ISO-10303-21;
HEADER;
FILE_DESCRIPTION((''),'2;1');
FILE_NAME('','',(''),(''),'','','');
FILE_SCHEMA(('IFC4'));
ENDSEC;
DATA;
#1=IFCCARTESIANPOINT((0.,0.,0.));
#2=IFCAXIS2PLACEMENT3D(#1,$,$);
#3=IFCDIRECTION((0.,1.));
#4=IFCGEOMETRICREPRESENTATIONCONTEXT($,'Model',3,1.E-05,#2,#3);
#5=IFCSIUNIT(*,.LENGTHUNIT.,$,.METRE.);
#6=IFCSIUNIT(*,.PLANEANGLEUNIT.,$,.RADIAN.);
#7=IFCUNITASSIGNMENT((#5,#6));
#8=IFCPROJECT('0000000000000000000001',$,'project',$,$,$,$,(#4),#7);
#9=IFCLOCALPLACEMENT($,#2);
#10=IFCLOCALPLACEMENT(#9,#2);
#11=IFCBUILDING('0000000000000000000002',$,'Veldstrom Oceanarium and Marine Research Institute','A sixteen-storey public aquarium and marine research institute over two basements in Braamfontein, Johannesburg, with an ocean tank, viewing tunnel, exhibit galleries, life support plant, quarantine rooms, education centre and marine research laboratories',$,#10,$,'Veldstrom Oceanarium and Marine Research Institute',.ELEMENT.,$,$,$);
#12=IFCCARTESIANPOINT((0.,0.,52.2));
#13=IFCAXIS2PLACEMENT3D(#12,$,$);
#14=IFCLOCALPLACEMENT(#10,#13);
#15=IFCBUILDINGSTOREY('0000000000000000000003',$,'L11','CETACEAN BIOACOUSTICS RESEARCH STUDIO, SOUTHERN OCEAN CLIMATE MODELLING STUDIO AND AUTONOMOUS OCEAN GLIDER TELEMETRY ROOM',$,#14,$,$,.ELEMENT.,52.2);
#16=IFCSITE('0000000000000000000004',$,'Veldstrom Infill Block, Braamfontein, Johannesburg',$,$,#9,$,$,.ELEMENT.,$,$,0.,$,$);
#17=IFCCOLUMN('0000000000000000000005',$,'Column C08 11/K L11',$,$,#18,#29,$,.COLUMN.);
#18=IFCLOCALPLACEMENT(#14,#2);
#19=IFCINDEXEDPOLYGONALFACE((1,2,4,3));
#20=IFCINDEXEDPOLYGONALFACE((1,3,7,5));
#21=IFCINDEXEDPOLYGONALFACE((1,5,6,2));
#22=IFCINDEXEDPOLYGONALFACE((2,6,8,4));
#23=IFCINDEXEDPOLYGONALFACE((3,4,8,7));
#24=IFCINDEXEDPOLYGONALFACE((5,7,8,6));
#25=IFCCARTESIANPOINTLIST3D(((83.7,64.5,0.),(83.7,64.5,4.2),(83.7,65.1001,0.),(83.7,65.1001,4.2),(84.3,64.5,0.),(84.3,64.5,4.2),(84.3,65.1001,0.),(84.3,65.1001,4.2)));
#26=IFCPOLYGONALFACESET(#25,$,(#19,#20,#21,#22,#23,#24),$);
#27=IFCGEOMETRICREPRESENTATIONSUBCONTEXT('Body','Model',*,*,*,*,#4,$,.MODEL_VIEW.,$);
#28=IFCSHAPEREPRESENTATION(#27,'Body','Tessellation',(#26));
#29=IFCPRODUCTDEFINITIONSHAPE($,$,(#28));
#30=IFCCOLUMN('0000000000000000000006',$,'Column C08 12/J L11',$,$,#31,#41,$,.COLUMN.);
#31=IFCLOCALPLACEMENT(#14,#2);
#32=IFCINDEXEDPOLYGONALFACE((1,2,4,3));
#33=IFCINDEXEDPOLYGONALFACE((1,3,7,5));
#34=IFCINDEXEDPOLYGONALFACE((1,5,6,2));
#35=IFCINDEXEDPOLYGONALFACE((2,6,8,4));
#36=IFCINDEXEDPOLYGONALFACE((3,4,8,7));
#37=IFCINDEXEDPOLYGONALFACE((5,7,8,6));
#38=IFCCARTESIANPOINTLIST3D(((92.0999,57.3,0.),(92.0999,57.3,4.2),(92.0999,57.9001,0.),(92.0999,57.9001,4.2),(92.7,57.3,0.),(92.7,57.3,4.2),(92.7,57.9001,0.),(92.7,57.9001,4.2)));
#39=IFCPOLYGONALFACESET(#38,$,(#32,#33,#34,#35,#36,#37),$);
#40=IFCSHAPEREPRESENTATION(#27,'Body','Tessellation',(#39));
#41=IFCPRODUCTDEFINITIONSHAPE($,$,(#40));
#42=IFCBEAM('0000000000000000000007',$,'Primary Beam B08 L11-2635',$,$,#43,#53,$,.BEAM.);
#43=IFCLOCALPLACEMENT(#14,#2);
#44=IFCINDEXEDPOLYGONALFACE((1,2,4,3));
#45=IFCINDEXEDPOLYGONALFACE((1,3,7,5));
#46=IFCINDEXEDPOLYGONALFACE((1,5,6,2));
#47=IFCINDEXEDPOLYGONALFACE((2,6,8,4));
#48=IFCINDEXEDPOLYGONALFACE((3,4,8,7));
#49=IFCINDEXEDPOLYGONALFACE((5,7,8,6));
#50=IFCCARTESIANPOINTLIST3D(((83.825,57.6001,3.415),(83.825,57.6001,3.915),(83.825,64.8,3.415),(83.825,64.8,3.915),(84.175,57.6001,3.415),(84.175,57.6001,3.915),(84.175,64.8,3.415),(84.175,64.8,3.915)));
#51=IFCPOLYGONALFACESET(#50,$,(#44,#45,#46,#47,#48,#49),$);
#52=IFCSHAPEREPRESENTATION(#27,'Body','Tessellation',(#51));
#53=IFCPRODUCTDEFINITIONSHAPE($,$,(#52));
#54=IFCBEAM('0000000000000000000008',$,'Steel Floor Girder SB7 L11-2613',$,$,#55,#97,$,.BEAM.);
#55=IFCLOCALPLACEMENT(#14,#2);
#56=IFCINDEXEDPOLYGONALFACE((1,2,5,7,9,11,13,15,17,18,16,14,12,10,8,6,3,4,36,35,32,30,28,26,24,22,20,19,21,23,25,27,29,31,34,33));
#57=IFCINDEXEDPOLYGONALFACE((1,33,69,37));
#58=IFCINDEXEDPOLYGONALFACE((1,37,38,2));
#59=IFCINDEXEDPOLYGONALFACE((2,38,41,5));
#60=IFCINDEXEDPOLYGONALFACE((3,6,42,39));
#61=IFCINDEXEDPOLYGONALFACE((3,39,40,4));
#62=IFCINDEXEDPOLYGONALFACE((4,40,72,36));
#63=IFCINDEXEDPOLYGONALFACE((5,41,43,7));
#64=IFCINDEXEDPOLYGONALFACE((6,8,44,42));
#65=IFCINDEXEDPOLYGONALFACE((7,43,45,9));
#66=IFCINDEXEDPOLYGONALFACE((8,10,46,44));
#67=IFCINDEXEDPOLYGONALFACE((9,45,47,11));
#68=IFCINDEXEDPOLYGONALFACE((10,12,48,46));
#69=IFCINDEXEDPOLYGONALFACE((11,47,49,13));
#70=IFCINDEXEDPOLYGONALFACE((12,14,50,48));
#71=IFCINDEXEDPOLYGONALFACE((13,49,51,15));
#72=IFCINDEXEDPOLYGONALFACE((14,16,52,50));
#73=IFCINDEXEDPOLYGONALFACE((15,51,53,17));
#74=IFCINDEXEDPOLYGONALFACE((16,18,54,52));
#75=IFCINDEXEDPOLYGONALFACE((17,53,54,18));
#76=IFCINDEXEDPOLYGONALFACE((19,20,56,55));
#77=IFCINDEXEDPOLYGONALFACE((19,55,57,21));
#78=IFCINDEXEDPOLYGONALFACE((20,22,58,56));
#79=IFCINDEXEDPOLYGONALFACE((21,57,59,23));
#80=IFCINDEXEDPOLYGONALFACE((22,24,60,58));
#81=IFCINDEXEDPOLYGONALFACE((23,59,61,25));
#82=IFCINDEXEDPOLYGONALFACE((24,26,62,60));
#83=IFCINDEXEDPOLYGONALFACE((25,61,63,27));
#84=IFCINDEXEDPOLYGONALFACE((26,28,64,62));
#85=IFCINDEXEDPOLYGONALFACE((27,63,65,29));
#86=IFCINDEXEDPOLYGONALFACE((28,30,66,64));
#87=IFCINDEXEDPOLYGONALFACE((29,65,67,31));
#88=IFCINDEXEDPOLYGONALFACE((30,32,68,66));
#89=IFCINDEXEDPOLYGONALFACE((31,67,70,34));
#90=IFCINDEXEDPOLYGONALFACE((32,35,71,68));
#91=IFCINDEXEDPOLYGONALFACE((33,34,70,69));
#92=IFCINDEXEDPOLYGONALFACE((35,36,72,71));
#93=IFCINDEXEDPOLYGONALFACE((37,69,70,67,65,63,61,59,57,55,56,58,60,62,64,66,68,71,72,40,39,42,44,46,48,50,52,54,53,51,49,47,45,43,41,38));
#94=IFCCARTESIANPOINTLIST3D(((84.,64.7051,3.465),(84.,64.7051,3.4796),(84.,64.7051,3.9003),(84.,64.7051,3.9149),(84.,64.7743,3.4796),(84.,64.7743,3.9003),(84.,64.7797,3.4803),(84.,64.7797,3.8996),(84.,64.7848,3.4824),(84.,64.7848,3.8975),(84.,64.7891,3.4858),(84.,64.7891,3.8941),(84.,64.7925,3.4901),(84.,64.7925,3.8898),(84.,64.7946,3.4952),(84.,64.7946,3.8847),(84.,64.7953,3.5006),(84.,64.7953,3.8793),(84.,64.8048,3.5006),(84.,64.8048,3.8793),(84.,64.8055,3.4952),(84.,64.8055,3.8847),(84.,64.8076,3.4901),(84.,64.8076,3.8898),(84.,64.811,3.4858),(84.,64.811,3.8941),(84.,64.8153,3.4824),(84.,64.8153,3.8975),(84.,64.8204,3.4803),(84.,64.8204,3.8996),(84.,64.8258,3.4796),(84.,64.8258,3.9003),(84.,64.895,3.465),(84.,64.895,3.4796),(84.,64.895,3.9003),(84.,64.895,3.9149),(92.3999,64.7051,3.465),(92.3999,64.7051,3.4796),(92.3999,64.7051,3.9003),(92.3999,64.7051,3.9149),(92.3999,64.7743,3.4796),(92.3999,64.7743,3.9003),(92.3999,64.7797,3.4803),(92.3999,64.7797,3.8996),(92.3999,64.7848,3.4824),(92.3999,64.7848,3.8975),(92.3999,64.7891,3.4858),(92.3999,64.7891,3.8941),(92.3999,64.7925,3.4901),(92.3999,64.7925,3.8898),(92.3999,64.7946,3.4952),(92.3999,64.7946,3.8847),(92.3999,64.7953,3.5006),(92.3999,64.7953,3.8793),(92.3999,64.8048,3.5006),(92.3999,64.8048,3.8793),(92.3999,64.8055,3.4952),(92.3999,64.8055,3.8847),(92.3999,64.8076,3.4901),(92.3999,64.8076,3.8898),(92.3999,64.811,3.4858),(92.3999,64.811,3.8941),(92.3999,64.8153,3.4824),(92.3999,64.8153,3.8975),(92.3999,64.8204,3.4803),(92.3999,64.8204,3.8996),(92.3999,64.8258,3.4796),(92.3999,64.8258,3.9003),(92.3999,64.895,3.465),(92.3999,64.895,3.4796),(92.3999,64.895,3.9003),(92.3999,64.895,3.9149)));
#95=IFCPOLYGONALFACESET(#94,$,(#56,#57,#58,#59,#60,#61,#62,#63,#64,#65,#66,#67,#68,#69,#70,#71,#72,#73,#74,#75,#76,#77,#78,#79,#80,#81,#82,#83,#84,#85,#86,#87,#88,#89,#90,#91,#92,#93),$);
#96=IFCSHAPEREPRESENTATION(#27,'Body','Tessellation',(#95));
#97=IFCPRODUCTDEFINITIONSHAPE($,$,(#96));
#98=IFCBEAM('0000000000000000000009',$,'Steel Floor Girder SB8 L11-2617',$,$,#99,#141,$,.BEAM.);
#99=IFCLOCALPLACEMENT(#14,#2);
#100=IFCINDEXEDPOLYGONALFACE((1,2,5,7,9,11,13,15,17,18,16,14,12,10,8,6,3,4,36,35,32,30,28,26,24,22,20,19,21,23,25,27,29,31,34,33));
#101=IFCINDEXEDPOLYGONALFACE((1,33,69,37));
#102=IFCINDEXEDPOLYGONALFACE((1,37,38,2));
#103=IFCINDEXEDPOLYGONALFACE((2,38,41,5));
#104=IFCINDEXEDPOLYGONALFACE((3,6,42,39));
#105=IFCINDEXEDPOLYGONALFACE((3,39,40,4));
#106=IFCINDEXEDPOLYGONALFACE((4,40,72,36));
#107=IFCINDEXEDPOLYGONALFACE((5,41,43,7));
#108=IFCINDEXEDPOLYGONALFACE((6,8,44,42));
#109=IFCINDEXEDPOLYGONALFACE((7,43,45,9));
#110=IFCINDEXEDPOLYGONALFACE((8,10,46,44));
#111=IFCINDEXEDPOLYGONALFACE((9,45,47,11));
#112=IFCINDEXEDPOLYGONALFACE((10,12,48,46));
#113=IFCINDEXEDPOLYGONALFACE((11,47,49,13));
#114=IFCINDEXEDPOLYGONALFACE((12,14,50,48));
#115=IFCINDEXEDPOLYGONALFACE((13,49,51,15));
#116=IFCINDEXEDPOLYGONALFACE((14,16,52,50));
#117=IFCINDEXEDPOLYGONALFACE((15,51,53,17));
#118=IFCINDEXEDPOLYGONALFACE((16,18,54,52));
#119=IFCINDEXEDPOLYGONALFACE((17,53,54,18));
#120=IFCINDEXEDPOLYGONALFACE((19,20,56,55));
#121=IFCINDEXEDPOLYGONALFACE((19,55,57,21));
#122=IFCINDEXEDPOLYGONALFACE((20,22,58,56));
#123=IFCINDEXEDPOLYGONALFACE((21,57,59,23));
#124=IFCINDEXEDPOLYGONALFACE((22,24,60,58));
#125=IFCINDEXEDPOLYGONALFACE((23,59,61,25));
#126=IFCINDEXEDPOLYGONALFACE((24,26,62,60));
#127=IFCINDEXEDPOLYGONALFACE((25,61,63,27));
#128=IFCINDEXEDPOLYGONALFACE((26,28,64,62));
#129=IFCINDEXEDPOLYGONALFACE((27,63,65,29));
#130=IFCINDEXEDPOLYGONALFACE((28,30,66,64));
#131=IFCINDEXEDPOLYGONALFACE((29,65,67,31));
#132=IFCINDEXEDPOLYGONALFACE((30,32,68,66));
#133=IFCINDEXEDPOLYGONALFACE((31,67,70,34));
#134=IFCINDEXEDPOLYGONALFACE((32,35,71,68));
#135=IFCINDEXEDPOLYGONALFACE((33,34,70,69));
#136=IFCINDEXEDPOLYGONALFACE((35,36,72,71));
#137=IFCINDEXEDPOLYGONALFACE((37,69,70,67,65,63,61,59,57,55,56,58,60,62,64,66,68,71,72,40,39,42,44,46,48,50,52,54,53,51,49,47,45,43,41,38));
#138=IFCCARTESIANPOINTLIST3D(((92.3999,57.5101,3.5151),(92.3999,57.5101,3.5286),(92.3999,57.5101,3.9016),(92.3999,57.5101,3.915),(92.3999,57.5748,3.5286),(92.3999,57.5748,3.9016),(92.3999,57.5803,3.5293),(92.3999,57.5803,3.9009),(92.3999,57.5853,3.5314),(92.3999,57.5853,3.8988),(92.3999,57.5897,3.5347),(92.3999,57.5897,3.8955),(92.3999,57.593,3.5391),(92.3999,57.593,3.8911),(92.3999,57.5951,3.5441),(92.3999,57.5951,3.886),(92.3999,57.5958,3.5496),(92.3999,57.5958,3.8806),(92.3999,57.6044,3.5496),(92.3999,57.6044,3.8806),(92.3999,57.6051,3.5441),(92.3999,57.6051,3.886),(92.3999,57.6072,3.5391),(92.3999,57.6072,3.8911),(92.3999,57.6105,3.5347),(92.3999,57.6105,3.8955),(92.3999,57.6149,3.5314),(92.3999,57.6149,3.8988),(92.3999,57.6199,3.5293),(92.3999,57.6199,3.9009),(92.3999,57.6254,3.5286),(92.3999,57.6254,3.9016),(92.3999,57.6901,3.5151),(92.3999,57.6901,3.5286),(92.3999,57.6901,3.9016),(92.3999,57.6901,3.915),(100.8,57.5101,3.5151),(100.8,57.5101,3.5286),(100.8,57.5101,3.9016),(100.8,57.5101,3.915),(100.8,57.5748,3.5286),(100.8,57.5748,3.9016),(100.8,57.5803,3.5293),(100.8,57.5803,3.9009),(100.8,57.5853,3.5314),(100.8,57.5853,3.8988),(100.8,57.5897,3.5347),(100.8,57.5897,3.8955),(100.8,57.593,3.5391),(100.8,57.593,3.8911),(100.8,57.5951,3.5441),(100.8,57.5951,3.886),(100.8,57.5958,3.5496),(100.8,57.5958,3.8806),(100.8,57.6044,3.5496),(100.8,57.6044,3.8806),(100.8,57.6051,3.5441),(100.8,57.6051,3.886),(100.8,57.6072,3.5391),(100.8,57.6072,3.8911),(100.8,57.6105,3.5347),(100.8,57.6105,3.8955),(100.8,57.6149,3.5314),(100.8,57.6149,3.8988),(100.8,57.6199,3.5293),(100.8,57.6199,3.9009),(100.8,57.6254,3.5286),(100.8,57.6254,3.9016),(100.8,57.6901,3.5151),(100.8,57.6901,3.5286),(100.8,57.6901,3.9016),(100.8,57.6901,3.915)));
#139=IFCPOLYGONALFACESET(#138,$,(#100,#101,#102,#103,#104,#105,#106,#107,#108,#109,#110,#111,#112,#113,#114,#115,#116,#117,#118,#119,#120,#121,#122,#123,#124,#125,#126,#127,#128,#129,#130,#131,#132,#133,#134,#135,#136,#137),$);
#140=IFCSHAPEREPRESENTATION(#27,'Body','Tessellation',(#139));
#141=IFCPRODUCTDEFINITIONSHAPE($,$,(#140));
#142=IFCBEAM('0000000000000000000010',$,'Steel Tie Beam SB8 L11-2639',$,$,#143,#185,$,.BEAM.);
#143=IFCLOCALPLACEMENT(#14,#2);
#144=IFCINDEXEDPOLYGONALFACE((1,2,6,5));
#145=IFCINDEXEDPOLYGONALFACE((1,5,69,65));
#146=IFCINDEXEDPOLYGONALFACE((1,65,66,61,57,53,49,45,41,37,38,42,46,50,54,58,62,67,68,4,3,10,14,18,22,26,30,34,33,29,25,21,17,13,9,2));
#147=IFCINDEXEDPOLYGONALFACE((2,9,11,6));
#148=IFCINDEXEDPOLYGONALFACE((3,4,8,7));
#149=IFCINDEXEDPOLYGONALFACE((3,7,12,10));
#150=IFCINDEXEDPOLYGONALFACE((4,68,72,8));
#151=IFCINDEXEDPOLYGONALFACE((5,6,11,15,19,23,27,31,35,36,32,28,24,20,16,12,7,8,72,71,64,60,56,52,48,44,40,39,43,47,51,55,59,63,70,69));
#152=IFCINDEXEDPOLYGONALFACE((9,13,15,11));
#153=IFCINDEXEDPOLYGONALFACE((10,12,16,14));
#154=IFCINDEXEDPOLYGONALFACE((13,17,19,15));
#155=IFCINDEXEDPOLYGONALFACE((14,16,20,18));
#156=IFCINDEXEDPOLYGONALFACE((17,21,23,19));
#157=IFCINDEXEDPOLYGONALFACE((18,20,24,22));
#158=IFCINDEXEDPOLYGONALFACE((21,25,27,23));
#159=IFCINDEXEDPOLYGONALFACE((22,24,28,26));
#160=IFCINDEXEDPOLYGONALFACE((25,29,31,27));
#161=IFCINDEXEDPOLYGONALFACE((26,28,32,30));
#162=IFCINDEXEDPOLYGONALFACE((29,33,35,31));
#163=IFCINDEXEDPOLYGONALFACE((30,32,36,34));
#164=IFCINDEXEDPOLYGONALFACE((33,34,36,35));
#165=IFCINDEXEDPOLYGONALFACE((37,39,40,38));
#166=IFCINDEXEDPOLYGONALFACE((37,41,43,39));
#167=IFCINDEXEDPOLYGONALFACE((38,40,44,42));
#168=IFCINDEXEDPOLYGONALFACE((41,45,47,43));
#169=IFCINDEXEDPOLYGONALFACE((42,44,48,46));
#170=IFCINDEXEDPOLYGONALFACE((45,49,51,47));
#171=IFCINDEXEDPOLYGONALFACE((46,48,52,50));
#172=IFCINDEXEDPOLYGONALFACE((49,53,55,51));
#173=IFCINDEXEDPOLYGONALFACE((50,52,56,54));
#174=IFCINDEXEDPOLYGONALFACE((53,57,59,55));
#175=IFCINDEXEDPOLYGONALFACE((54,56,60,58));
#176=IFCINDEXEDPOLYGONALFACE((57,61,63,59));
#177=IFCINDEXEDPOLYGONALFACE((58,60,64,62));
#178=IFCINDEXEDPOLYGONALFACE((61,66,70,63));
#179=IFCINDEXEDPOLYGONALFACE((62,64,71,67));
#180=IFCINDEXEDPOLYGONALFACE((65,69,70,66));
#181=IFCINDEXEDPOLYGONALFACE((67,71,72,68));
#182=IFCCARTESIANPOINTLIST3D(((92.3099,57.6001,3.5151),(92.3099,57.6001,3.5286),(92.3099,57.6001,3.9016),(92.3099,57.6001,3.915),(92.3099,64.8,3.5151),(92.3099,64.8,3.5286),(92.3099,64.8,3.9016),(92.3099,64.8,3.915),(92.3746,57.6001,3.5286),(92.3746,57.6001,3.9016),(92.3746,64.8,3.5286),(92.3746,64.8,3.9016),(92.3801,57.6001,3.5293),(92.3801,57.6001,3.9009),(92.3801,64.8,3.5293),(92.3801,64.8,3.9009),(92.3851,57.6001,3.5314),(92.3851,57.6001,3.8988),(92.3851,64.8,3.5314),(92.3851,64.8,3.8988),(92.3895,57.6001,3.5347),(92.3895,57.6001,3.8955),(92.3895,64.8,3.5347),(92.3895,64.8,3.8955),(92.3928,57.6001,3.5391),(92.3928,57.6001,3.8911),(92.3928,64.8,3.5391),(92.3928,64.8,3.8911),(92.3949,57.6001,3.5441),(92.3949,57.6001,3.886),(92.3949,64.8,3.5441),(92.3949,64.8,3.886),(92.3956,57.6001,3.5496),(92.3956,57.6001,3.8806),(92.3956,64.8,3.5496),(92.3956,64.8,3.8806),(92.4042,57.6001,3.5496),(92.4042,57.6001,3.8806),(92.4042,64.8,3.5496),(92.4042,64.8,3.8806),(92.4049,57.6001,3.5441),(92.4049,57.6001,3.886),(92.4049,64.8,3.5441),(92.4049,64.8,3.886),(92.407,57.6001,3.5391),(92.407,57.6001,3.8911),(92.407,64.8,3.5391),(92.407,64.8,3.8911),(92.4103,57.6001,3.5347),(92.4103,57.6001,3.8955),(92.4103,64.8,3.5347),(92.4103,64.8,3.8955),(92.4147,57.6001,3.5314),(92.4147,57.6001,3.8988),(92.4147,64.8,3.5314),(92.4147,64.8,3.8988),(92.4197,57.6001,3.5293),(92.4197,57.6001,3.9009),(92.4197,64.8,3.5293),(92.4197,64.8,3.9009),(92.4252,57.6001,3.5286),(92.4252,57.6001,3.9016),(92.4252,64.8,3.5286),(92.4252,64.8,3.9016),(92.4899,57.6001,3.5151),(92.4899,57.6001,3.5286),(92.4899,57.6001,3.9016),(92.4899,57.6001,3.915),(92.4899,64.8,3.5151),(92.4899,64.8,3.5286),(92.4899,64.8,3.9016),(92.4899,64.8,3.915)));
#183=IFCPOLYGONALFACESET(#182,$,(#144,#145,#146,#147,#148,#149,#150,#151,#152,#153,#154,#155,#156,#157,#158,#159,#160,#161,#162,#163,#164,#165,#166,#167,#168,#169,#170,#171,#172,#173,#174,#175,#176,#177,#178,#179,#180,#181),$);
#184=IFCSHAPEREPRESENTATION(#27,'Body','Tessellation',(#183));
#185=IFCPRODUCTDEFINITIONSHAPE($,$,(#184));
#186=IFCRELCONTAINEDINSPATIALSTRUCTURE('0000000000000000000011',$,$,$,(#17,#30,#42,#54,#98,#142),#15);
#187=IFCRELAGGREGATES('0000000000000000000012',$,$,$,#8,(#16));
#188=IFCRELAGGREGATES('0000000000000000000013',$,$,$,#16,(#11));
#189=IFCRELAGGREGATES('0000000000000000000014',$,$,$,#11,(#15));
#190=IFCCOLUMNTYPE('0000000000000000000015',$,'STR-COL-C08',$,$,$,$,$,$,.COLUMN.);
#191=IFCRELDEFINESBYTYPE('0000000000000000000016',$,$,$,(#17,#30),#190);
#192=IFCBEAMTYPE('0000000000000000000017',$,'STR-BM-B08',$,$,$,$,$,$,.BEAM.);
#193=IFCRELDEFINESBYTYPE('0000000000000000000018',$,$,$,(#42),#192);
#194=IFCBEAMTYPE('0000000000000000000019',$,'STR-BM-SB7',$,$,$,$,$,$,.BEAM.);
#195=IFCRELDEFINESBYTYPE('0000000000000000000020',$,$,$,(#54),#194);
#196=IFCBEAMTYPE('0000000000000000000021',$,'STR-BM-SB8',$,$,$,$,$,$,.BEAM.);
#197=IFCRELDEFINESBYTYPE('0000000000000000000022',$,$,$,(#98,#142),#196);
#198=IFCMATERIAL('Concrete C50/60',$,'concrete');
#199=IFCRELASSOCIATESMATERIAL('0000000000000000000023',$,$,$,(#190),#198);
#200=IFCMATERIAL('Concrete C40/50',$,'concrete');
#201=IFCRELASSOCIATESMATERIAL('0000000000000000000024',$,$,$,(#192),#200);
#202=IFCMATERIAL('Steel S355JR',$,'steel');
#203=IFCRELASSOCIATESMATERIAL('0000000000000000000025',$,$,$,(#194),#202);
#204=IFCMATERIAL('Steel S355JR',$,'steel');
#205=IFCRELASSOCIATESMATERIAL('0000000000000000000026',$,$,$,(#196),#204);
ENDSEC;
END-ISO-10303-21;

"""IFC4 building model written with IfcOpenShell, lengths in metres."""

from ifc_helpers import new_model, si_unit, direction, frame, origin, origin_2d, place, context, subcontext, project, spatial, rectangle, i_section, extrude, material, material_profile, profile_set, type_object, element, save


model = new_model("IFC4")

# Units and contexts
model_context = context("Model", 3, precision=1e-05, world=origin(), true_north=direction((0.0, 1.0)))
body_context = subcontext(model_context, "Body", "Model", "MODEL_VIEW")
ifc_project = project(units=[si_unit("LENGTHUNIT", "METRE"), si_unit("PLANEANGLEUNIT", "RADIAN")], contexts=[model_context])

# Site, building, storey
site_placement = place(None, origin())
site = spatial("IfcSite", under=ifc_project, at=site_placement, Name="Veldstrom Infill Block, Braamfontein, Johannesburg", CompositionType="ELEMENT", RefElevation=0.0)
building_placement = place(site_placement, origin())
building = spatial("IfcBuilding", under=site, at=building_placement, Name="Veldstrom Oceanarium and Marine Research Institute", Description="A sixteen-storey public aquarium and marine research institute over two basements in Braamfontein, Johannesburg, with an ocean tank, viewing tunnel, exhibit galleries, life support plant, quarantine rooms, education centre and marine research laboratories", LongName="Veldstrom Oceanarium and Marine Research Institute", CompositionType="ELEMENT")
storey_placement = place(building_placement, frame((0.0, 0.0, 52.2)))
storey = spatial("IfcBuildingStorey", under=building, at=storey_placement, Name="L11", Description="CETACEAN BIOACOUSTICS RESEARCH STUDIO, SOUTHERN OCEAN CLIMATE MODELLING STUDIO AND AUTONOMOUS OCEAN GLIDER TELEMETRY ROOM", CompositionType="ELEMENT", Elevation=52.2)

# Columns
ifc_material_1 = material(Name="Concrete C50/60", Category="concrete")
ifc_material_profile_1 = material_profile(ifc_material_1, rectangle(XDim=0.6001, YDim=0.6001, at=origin_2d()), Name="RC-COL-600x600")
ifc_profile_set_1 = profile_set([ifc_material_profile_1], Name="Concrete C50/60")
column_type = type_object("IfcColumnType", Name="STR-COL-C08", PredefinedType="COLUMN", material=ifc_profile_set_1)
for number, where, z_axis, x_axis, name in (
    (1, (84.0, 64.8, 0.0), (0.0, 0.0, 1.0), (1.0, 0.0, 0.0), "Column C08 11/K L11"),
    (2, (92.3999, 57.6001, 0.0), (0.0, 0.0, 1.0), (1.0, 0.0, 0.0), "Column C08 12/J L11"),
):
    element("IfcColumn", number, at=place(storey_placement, frame(where, z_axis=z_axis, x_axis=x_axis)), inside=storey, type_object=column_type, Name=name, PredefinedType="COLUMN", context=body_context, shape_type="SweptSolid", body=[
        extrude(rectangle(XDim=0.6001, YDim=0.6001, at=origin_2d()), origin(), (0.0, 0.0, 1.0), 4.2),
    ])

# Beams
ifc_material_2 = material(Name="Concrete C40/50", Category="concrete")
ifc_material_profile_2 = material_profile(ifc_material_2, rectangle(XDim=0.3501, YDim=0.5, at=origin_2d()), Name="RC-BM-350x500")
ifc_profile_set_2 = profile_set([ifc_material_profile_2], Name="Concrete C40/50")
beam_type_1 = type_object("IfcBeamType", Name="STR-BM-B08", PredefinedType="BEAM", material=ifc_profile_set_2)
beam_1_placement = place(storey_placement, frame((84.0, 57.6001, 3.665), z_axis=(0.0, 1.0, 0.0), x_axis=(-1.0, 0.0, 0.0)))
element("IfcBeam", 3, at=beam_1_placement, inside=storey, type_object=beam_type_1, Name="Primary Beam B08 L11-2635", PredefinedType="BEAM", context=body_context, shape_type="SweptSolid", body=[
    extrude(rectangle(XDim=0.3501, YDim=0.5, at=origin_2d()), origin(), (0.0, 0.0, 1.0), 7.2),
])
ifc_material_3 = material(Name="Steel S355JR", Category="steel")
ifc_material_profile_3 = material_profile(ifc_material_3, i_section(OverallWidth=0.1899, OverallDepth=0.45, WebThickness=0.0095, FlangeThickness=0.0146, FilletRadius=0.021, at=origin_2d()), Name="IPE 450")
ifc_profile_set_3 = profile_set([ifc_material_profile_3], Name="Steel S355JR")
beam_type_2 = type_object("IfcBeamType", Name="STR-BM-SB7", PredefinedType="BEAM", material=ifc_profile_set_3)
beam_2_placement = place(storey_placement, frame((84.0, 64.8, 3.6899), z_axis=(1.0, 0.0, 0.0), x_axis=(0.0, 1.0, 0.0)))
element("IfcBeam", 4, at=beam_2_placement, inside=storey, type_object=beam_type_2, Name="Steel Floor Girder SB7 L11-2613", PredefinedType="BEAM", context=body_context, shape_type="SweptSolid", body=[
    extrude(i_section(OverallWidth=0.1899, OverallDepth=0.45, WebThickness=0.0095, FlangeThickness=0.0146, FilletRadius=0.021, at=origin_2d()), origin(), (0.0, 0.0, 1.0), 8.3999),
])
ifc_material_4 = material(Name="Steel S355JR", Category="steel")
ifc_material_profile_4 = material_profile(ifc_material_4, i_section(OverallWidth=0.1799, OverallDepth=0.3999, WebThickness=0.0085, FlangeThickness=0.0134, FilletRadius=0.021, at=origin_2d()), Name="IPE 400")
ifc_profile_set_4 = profile_set([ifc_material_profile_4], Name="Steel S355JR")
beam_type_3 = type_object("IfcBeamType", Name="STR-BM-SB8", PredefinedType="BEAM", material=ifc_profile_set_4)
beam_3_placement = place(storey_placement, frame((92.3999, 57.6001, 3.7151), z_axis=(1.0, 0.0, 0.0), x_axis=(0.0, 1.0, 0.0)))
element("IfcBeam", 5, at=beam_3_placement, inside=storey, type_object=beam_type_3, Name="Steel Floor Girder SB8 L11-2617", PredefinedType="BEAM", context=body_context, shape_type="SweptSolid", body=[
    extrude(i_section(OverallWidth=0.1799, OverallDepth=0.3999, WebThickness=0.0085, FlangeThickness=0.0134, FilletRadius=0.021, at=origin_2d()), origin(), (0.0, 0.0, 1.0), 8.4001),
])
beam_4_placement = place(storey_placement, frame((92.3999, 57.6001, 3.7151), z_axis=(0.0, 1.0, 0.0), x_axis=(-1.0, 0.0, 0.0)))
element("IfcBeam", 6, at=beam_4_placement, inside=storey, type_object=beam_type_3, Name="Steel Tie Beam SB8 L11-2639", PredefinedType="BEAM", context=body_context, shape_type="SweptSolid", body=[
    extrude(i_section(OverallWidth=0.1799, OverallDepth=0.3999, WebThickness=0.0085, FlangeThickness=0.0134, FilletRadius=0.021, at=origin_2d()), origin(), (0.0, 0.0, 1.0), 7.2),
])

save(model, "model.ifc")
